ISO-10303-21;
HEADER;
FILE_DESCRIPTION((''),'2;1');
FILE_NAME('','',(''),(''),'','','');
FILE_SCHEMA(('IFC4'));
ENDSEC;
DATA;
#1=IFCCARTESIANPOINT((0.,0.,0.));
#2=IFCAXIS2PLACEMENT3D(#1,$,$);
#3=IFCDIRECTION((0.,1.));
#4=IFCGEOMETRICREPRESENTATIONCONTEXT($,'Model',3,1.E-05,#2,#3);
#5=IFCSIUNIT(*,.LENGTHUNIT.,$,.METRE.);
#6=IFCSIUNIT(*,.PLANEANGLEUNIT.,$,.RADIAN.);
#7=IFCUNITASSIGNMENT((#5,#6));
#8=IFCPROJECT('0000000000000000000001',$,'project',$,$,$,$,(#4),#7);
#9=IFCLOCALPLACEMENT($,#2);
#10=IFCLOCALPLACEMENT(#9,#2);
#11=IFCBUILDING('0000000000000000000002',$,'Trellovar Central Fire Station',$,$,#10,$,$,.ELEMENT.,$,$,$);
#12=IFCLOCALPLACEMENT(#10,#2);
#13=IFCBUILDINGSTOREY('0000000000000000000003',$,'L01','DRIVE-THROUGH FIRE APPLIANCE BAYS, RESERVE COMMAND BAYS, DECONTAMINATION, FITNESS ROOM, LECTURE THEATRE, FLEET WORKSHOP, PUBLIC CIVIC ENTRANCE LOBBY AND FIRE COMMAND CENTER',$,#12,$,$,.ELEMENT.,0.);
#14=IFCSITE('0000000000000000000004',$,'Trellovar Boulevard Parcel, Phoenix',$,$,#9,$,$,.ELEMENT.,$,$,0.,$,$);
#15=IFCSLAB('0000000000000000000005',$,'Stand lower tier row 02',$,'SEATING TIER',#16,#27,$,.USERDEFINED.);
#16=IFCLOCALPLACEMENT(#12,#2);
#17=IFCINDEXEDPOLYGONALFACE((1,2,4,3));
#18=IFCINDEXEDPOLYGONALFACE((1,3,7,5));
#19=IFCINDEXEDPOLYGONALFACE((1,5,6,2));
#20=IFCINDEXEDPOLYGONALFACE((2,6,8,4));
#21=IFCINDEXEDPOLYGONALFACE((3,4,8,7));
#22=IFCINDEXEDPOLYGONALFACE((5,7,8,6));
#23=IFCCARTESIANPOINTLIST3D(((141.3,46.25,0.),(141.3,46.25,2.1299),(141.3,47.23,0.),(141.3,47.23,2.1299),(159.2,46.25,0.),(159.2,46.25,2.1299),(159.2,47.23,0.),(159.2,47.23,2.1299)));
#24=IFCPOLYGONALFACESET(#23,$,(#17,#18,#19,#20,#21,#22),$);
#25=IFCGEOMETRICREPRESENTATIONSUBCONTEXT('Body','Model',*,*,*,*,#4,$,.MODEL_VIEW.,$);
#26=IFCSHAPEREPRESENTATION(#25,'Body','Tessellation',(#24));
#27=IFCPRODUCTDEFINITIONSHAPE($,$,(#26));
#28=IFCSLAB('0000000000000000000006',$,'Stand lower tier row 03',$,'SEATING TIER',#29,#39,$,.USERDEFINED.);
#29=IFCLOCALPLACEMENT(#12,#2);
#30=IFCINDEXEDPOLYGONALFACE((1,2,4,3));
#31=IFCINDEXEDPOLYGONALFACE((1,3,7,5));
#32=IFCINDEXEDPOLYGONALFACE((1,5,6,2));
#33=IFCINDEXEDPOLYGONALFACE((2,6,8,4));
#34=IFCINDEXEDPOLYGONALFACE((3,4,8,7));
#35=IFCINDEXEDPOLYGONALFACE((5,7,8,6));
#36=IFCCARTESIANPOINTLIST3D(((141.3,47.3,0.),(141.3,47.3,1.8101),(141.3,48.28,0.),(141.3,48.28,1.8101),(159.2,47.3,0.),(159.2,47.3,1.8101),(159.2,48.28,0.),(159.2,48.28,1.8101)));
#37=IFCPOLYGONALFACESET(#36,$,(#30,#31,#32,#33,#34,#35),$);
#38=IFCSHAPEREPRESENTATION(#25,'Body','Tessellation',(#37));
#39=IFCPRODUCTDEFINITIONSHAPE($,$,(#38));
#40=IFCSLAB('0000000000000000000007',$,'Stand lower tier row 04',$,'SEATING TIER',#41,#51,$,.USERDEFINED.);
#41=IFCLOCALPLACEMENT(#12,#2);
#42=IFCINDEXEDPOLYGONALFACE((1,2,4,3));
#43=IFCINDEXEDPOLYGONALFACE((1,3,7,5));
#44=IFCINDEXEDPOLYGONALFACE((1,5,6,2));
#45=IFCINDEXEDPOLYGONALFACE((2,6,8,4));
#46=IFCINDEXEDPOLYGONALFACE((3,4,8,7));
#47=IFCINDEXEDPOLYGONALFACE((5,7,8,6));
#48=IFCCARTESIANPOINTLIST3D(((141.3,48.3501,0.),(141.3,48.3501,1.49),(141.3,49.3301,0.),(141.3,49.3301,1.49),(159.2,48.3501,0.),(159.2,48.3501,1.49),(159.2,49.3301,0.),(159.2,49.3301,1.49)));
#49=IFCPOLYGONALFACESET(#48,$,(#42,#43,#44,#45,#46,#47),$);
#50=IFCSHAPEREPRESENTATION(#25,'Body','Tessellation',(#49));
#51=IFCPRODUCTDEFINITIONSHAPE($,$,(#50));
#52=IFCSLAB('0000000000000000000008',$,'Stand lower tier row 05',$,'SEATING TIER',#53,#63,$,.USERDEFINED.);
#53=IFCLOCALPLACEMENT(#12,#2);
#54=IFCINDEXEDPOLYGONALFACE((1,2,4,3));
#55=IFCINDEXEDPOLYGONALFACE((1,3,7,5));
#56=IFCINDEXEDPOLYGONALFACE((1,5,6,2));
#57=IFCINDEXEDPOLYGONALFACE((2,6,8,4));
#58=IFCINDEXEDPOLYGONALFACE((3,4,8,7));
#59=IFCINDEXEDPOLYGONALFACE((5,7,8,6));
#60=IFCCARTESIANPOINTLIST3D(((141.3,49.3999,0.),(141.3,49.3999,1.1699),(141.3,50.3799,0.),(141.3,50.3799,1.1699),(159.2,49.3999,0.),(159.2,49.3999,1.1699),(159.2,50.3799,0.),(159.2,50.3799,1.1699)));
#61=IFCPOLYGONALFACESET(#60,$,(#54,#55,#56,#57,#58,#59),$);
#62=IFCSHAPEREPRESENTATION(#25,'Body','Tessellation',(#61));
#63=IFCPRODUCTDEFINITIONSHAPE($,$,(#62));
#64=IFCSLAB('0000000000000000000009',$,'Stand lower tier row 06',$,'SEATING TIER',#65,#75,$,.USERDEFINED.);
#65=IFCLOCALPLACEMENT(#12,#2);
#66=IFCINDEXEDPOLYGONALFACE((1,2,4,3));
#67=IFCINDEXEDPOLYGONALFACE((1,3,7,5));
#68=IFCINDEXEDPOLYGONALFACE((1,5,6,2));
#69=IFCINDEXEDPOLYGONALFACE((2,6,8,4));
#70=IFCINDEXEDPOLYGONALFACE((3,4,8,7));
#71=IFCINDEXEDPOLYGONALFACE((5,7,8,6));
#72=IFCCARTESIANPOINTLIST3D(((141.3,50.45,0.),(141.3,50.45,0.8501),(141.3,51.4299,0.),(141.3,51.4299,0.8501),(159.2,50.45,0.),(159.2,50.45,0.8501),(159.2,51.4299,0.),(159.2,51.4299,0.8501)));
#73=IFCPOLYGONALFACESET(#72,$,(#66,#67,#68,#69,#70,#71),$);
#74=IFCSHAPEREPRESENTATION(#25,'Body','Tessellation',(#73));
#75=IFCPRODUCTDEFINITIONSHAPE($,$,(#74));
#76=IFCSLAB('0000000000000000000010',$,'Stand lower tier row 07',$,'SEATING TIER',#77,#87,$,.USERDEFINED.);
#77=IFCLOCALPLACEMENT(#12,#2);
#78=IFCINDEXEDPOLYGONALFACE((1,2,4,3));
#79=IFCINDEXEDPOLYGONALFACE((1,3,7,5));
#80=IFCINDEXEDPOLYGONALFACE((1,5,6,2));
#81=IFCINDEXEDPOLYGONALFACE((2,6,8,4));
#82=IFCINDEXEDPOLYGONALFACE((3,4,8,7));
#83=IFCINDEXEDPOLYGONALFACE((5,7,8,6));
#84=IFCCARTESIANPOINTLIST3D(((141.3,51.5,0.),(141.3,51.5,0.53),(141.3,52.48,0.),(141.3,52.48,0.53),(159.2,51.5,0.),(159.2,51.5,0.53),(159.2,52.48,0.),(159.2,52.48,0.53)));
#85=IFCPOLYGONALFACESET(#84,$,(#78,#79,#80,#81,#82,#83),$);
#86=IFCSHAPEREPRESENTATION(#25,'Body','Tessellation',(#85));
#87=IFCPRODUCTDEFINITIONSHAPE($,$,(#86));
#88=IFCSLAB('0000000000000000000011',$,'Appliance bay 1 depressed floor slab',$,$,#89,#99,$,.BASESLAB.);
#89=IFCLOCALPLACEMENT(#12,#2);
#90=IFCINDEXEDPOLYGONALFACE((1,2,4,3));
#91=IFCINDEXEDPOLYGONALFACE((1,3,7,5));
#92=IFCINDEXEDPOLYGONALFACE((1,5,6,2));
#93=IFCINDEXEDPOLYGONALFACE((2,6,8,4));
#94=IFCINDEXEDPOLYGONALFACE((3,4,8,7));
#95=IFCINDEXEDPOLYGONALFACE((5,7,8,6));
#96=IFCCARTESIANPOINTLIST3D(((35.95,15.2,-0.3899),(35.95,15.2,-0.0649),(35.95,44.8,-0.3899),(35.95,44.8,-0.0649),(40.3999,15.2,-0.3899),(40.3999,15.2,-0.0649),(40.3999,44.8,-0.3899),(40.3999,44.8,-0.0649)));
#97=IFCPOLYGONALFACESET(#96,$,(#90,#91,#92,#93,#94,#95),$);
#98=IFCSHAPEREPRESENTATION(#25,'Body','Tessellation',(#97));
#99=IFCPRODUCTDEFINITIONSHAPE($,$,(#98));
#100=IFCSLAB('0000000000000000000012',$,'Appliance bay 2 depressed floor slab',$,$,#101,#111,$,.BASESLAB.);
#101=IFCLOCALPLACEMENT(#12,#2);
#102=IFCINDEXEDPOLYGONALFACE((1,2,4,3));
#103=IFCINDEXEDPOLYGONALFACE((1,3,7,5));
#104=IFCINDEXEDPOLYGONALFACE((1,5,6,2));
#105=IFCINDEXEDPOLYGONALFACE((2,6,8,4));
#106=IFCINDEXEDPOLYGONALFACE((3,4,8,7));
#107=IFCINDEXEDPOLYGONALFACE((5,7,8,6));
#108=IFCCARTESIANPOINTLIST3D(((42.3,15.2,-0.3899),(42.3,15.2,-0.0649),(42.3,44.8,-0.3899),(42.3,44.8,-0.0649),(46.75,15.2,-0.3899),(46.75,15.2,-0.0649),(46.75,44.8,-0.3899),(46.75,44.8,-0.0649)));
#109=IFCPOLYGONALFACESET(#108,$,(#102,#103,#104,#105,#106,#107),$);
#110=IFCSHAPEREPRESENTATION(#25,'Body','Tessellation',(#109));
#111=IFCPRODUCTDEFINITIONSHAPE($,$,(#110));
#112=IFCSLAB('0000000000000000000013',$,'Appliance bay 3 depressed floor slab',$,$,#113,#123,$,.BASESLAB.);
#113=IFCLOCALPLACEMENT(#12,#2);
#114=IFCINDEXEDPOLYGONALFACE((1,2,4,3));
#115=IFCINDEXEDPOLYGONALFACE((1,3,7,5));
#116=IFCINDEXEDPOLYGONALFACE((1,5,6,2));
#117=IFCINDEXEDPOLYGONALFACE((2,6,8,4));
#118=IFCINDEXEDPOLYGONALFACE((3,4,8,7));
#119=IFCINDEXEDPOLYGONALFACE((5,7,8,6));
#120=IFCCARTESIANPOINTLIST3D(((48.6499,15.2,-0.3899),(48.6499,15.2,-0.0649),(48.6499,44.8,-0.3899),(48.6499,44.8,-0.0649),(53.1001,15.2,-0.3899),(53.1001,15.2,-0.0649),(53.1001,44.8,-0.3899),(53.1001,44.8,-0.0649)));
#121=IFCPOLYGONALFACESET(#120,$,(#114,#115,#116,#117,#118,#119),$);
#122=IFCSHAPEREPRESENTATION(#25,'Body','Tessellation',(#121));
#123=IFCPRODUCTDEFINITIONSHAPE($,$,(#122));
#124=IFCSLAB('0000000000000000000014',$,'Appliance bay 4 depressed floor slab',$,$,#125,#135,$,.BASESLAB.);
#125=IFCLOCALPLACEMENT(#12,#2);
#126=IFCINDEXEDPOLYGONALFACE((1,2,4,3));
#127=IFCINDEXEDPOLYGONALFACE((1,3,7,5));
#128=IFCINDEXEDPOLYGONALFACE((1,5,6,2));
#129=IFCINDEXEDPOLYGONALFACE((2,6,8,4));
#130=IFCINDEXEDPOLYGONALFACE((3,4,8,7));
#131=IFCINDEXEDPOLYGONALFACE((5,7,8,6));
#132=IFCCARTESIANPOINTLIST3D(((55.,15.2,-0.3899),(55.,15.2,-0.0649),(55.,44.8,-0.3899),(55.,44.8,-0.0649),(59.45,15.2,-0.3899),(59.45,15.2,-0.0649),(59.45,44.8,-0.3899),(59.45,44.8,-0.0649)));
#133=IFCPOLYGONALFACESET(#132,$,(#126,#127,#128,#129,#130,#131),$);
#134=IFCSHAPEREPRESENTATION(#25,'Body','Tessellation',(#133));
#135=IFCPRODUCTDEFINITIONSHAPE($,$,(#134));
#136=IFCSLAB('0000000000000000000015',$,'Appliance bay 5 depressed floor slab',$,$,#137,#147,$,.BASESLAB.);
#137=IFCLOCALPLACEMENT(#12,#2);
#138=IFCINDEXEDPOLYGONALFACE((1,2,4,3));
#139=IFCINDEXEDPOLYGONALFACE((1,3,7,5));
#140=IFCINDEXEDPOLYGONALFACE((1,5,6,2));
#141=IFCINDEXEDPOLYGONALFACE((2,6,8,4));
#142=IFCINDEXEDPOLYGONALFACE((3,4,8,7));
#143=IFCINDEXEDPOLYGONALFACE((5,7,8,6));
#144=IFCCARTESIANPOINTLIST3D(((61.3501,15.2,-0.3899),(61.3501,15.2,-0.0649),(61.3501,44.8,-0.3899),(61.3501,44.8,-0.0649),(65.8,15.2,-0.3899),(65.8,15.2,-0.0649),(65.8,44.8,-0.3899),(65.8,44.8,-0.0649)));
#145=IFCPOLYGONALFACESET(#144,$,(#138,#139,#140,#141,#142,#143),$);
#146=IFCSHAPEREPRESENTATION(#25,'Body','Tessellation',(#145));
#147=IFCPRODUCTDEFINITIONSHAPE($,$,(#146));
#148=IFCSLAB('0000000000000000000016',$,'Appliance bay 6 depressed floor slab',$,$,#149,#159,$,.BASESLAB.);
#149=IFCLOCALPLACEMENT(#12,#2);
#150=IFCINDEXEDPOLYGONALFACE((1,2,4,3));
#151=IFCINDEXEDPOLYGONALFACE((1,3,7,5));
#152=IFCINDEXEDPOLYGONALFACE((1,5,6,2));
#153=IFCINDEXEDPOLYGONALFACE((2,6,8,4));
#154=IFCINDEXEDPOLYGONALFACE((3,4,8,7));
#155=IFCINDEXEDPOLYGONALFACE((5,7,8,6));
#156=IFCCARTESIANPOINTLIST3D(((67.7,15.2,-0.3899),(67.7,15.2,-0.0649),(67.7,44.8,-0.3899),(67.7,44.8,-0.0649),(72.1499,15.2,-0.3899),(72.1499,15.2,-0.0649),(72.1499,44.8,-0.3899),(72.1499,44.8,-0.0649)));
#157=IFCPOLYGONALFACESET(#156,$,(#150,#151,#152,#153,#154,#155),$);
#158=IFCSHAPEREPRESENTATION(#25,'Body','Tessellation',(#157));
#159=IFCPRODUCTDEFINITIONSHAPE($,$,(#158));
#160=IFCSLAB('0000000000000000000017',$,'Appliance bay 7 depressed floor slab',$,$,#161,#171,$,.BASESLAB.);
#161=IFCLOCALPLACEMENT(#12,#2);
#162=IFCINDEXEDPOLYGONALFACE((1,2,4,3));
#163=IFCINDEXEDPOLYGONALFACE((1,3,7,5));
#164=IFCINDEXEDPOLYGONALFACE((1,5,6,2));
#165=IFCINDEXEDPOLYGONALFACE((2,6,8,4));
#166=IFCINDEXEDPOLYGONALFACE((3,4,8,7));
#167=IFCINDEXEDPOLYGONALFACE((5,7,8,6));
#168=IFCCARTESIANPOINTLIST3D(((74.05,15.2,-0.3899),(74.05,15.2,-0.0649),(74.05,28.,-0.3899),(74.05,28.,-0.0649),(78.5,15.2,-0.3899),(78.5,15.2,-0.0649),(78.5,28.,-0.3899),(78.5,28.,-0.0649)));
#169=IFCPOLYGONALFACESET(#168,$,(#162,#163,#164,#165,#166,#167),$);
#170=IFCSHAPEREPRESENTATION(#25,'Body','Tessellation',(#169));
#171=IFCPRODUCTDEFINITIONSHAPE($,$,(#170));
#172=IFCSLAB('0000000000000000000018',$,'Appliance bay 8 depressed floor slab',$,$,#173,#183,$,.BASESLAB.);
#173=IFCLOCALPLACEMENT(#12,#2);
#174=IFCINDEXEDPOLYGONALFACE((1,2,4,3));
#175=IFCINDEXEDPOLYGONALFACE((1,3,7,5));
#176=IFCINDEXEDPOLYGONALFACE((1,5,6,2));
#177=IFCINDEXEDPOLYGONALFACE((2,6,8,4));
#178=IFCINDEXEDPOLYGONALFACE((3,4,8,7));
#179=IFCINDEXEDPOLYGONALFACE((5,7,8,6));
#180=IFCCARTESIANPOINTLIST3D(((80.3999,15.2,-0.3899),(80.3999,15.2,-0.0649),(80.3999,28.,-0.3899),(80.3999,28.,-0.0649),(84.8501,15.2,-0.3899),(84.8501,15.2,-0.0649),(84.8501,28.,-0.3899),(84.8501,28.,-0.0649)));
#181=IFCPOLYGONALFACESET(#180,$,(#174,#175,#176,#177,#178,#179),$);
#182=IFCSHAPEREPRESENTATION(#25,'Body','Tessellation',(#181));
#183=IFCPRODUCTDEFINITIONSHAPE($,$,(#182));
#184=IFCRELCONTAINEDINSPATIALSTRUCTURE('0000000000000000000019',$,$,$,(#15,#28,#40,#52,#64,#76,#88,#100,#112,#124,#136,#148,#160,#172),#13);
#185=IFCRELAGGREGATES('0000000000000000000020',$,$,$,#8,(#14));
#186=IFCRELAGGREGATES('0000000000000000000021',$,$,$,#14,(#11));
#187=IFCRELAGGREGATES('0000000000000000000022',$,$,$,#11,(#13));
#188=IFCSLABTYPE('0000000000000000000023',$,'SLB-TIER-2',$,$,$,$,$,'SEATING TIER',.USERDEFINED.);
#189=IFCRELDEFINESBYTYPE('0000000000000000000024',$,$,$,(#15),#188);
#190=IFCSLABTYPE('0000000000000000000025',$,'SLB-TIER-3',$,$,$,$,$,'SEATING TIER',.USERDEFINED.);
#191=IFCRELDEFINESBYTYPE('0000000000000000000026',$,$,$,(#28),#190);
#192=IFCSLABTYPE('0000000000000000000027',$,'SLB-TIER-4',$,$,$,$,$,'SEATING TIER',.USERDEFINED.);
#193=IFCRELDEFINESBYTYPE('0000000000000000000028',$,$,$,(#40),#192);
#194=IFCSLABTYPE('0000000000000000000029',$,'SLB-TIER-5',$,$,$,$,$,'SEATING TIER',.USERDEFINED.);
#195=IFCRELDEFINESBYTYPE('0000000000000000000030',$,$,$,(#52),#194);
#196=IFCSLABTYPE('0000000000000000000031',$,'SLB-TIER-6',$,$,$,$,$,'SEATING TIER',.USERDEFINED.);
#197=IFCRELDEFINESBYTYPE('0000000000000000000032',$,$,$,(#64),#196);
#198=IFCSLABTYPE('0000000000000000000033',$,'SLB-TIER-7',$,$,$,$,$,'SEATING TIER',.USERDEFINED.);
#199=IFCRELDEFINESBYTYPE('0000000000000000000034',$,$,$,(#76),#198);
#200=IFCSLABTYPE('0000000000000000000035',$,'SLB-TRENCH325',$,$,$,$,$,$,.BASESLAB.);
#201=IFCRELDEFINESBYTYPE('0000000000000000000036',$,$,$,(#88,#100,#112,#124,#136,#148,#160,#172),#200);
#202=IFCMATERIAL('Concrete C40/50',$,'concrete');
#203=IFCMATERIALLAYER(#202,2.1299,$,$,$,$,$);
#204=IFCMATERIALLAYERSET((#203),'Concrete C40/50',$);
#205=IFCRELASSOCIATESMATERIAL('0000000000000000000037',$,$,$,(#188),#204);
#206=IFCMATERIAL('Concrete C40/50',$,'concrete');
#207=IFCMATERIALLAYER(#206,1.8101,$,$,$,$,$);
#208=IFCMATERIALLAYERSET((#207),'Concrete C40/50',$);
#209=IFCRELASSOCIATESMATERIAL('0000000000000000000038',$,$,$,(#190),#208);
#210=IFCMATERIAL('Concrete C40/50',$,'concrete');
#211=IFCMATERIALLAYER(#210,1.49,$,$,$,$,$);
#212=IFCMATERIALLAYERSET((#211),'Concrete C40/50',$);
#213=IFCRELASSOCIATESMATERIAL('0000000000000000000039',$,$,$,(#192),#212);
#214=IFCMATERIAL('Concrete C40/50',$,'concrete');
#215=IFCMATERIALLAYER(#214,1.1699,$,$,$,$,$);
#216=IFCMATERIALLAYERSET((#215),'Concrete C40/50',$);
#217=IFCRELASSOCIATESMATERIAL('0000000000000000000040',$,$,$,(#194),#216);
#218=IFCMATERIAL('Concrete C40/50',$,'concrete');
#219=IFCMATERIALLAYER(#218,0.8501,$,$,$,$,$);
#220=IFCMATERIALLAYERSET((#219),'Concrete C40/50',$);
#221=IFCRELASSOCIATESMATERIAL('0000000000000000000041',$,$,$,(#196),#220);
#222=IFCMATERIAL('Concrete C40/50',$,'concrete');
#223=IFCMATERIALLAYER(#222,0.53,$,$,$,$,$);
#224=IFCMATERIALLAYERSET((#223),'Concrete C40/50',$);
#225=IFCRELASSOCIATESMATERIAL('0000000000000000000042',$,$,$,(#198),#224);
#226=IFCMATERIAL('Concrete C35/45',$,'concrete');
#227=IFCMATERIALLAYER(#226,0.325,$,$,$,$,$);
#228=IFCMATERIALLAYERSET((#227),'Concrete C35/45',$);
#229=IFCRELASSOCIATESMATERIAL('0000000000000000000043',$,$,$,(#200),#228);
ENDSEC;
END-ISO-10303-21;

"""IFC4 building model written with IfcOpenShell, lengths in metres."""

from ifc_helpers import new_model, si_unit, direction, frame, origin, place, context, subcontext, project, spatial, polyline, outline, extrude, material, layer, layer_set, type_object, element, save


model = new_model("IFC4")

# Units and contexts
model_context = context("Model", 3, precision=1e-05, world=origin(), true_north=direction((0.0, 1.0)))
body_context = subcontext(model_context, "Body", "Model", "MODEL_VIEW")
ifc_project = project(units=[si_unit("LENGTHUNIT", "METRE"), si_unit("PLANEANGLEUNIT", "RADIAN")], contexts=[model_context])

# Site, building, storey
site_placement = place(None, origin())
site = spatial("IfcSite", under=ifc_project, at=site_placement, Name="Trellovar Boulevard Parcel, Phoenix", CompositionType="ELEMENT", RefElevation=0.0)
building_placement = place(site_placement, origin())
building = spatial("IfcBuilding", under=site, at=building_placement, Name="Trellovar Central Fire Station", CompositionType="ELEMENT")
storey_placement = place(building_placement, origin())
storey = spatial("IfcBuildingStorey", under=building, at=storey_placement, Name="L01", Description="DRIVE-THROUGH FIRE APPLIANCE BAYS, RESERVE COMMAND BAYS, DECONTAMINATION, FITNESS ROOM, LECTURE THEATRE, FLEET WORKSHOP, PUBLIC CIVIC ENTRANCE LOBBY AND FIRE COMMAND CENTER", CompositionType="ELEMENT", Elevation=0.0)

# Slabs
ifc_material_1 = material(Name="Concrete C40/50", Category="concrete")
ifc_layer_1 = layer(ifc_material_1, 2.1299)
ifc_layer_set_1 = layer_set([ifc_layer_1], Name="Concrete C40/50")
slab_type_1 = type_object("IfcSlabType", Name="SLB-TIER-2", ElementType="SEATING TIER", PredefinedType="USERDEFINED", material=ifc_layer_set_1)
slab_1_placement = place(storey_placement, origin())
element("IfcSlab", 1, at=slab_1_placement, inside=storey, type_object=slab_type_1, Name="Stand lower tier row 02", ObjectType="SEATING TIER", PredefinedType="USERDEFINED", context=body_context, shape_type="SweptSolid", body=[
    extrude(outline(polyline([(141.3, 46.25), (159.2, 46.25), (159.2, 47.23), (141.3, 47.23), (141.3, 46.25)])), origin(), (0.0, 0.0, 1.0), 2.1299),
])
ifc_material_2 = material(Name="Concrete C40/50", Category="concrete")
ifc_layer_2 = layer(ifc_material_2, 1.8101)
ifc_layer_set_2 = layer_set([ifc_layer_2], Name="Concrete C40/50")
slab_type_2 = type_object("IfcSlabType", Name="SLB-TIER-3", ElementType="SEATING TIER", PredefinedType="USERDEFINED", material=ifc_layer_set_2)
slab_2_placement = place(storey_placement, origin())
element("IfcSlab", 2, at=slab_2_placement, inside=storey, type_object=slab_type_2, Name="Stand lower tier row 03", ObjectType="SEATING TIER", PredefinedType="USERDEFINED", context=body_context, shape_type="SweptSolid", body=[
    extrude(outline(polyline([(141.3, 47.3), (159.2, 47.3), (159.2, 48.28), (141.3, 48.28), (141.3, 47.3)])), origin(), (0.0, 0.0, 1.0), 1.8101),
])
ifc_material_3 = material(Name="Concrete C40/50", Category="concrete")
ifc_layer_3 = layer(ifc_material_3, 1.49)
ifc_layer_set_3 = layer_set([ifc_layer_3], Name="Concrete C40/50")
slab_type_3 = type_object("IfcSlabType", Name="SLB-TIER-4", ElementType="SEATING TIER", PredefinedType="USERDEFINED", material=ifc_layer_set_3)
slab_3_placement = place(storey_placement, origin())
element("IfcSlab", 3, at=slab_3_placement, inside=storey, type_object=slab_type_3, Name="Stand lower tier row 04", ObjectType="SEATING TIER", PredefinedType="USERDEFINED", context=body_context, shape_type="SweptSolid", body=[
    extrude(outline(polyline([(141.3, 48.3501), (159.2, 48.3501), (159.2, 49.3301), (141.3, 49.3301), (141.3, 48.3501)])), origin(), (0.0, 0.0, 1.0), 1.49),
])
ifc_material_4 = material(Name="Concrete C40/50", Category="concrete")
ifc_layer_4 = layer(ifc_material_4, 1.1699)
ifc_layer_set_4 = layer_set([ifc_layer_4], Name="Concrete C40/50")
slab_type_4 = type_object("IfcSlabType", Name="SLB-TIER-5", ElementType="SEATING TIER", PredefinedType="USERDEFINED", material=ifc_layer_set_4)
slab_4_placement = place(storey_placement, origin())
element("IfcSlab", 4, at=slab_4_placement, inside=storey, type_object=slab_type_4, Name="Stand lower tier row 05", ObjectType="SEATING TIER", PredefinedType="USERDEFINED", context=body_context, shape_type="SweptSolid", body=[
    extrude(outline(polyline([(141.3, 49.3999), (159.2, 49.3999), (159.2, 50.3799), (141.3, 50.3799), (141.3, 49.3999)])), origin(), (0.0, 0.0, 1.0), 1.1699),
])
ifc_material_5 = material(Name="Concrete C40/50", Category="concrete")
ifc_layer_5 = layer(ifc_material_5, 0.8501)
ifc_layer_set_5 = layer_set([ifc_layer_5], Name="Concrete C40/50")
slab_type_5 = type_object("IfcSlabType", Name="SLB-TIER-6", ElementType="SEATING TIER", PredefinedType="USERDEFINED", material=ifc_layer_set_5)
slab_5_placement = place(storey_placement, origin())
element("IfcSlab", 5, at=slab_5_placement, inside=storey, type_object=slab_type_5, Name="Stand lower tier row 06", ObjectType="SEATING TIER", PredefinedType="USERDEFINED", context=body_context, shape_type="SweptSolid", body=[
    extrude(outline(polyline([(141.3, 50.45), (159.2, 50.45), (159.2, 51.4299), (141.3, 51.4299), (141.3, 50.45)])), origin(), (0.0, 0.0, 1.0), 0.8501),
])
ifc_material_6 = material(Name="Concrete C40/50", Category="concrete")
ifc_layer_6 = layer(ifc_material_6, 0.53)
ifc_layer_set_6 = layer_set([ifc_layer_6], Name="Concrete C40/50")
slab_type_6 = type_object("IfcSlabType", Name="SLB-TIER-7", ElementType="SEATING TIER", PredefinedType="USERDEFINED", material=ifc_layer_set_6)
slab_6_placement = place(storey_placement, origin())
element("IfcSlab", 6, at=slab_6_placement, inside=storey, type_object=slab_type_6, Name="Stand lower tier row 07", ObjectType="SEATING TIER", PredefinedType="USERDEFINED", context=body_context, shape_type="SweptSolid", body=[
    extrude(outline(polyline([(141.3, 51.5), (159.2, 51.5), (159.2, 52.48), (141.3, 52.48), (141.3, 51.5)])), origin(), (0.0, 0.0, 1.0), 0.53),
])
ifc_material_7 = material(Name="Concrete C35/45", Category="concrete")
ifc_layer_7 = layer(ifc_material_7, 0.325)
ifc_layer_set_7 = layer_set([ifc_layer_7], Name="Concrete C35/45")
slab_type_7 = type_object("IfcSlabType", Name="SLB-TRENCH325", PredefinedType="BASESLAB", material=ifc_layer_set_7)
slab_7_placement = place(storey_placement, frame((0.0, 0.0, -0.3899)))
element("IfcSlab", 7, at=slab_7_placement, inside=storey, type_object=slab_type_7, Name="Appliance bay 1 depressed floor slab", PredefinedType="BASESLAB", context=body_context, shape_type="SweptSolid", body=[
    extrude(outline(polyline([(35.95, 15.2), (40.3999, 15.2), (40.3999, 44.8), (35.95, 44.8), (35.95, 15.2)])), origin(), (0.0, 0.0, 1.0), 0.325),
])
slab_8_placement = place(storey_placement, frame((0.0, 0.0, -0.3899)))
element("IfcSlab", 8, at=slab_8_placement, inside=storey, type_object=slab_type_7, Name="Appliance bay 2 depressed floor slab", PredefinedType="BASESLAB", context=body_context, shape_type="SweptSolid", body=[
    extrude(outline(polyline([(42.3, 15.2), (46.75, 15.2), (46.75, 44.8), (42.3, 44.8), (42.3, 15.2)])), origin(), (0.0, 0.0, 1.0), 0.325),
])
slab_9_placement = place(storey_placement, frame((0.0, 0.0, -0.3899)))
element("IfcSlab", 9, at=slab_9_placement, inside=storey, type_object=slab_type_7, Name="Appliance bay 3 depressed floor slab", PredefinedType="BASESLAB", context=body_context, shape_type="SweptSolid", body=[
    extrude(outline(polyline([(48.6499, 15.2), (53.1001, 15.2), (53.1001, 44.8), (48.6499, 44.8), (48.6499, 15.2)])), origin(), (0.0, 0.0, 1.0), 0.325),
])
slab_10_placement = place(storey_placement, frame((0.0, 0.0, -0.3899)))
element("IfcSlab", 10, at=slab_10_placement, inside=storey, type_object=slab_type_7, Name="Appliance bay 4 depressed floor slab", PredefinedType="BASESLAB", context=body_context, shape_type="SweptSolid", body=[
    extrude(outline(polyline([(55.0, 15.2), (59.45, 15.2), (59.45, 44.8), (55.0, 44.8), (55.0, 15.2)])), origin(), (0.0, 0.0, 1.0), 0.325),
])
slab_11_placement = place(storey_placement, frame((0.0, 0.0, -0.3899)))
element("IfcSlab", 11, at=slab_11_placement, inside=storey, type_object=slab_type_7, Name="Appliance bay 5 depressed floor slab", PredefinedType="BASESLAB", context=body_context, shape_type="SweptSolid", body=[
    extrude(outline(polyline([(61.3501, 15.2), (65.8, 15.2), (65.8, 44.8), (61.3501, 44.8), (61.3501, 15.2)])), origin(), (0.0, 0.0, 1.0), 0.325),
])
slab_12_placement = place(storey_placement, frame((0.0, 0.0, -0.3899)))
element("IfcSlab", 12, at=slab_12_placement, inside=storey, type_object=slab_type_7, Name="Appliance bay 6 depressed floor slab", PredefinedType="BASESLAB", context=body_context, shape_type="SweptSolid", body=[
    extrude(outline(polyline([(67.7, 15.2), (72.1499, 15.2), (72.1499, 44.8), (67.7, 44.8), (67.7, 15.2)])), origin(), (0.0, 0.0, 1.0), 0.325),
])
slab_13_placement = place(storey_placement, frame((0.0, 0.0, -0.3899)))
element("IfcSlab", 13, at=slab_13_placement, inside=storey, type_object=slab_type_7, Name="Appliance bay 7 depressed floor slab", PredefinedType="BASESLAB", context=body_context, shape_type="SweptSolid", body=[
    extrude(outline(polyline([(74.05, 15.2), (78.5, 15.2), (78.5, 28.0), (74.05, 28.0), (74.05, 15.2)])), origin(), (0.0, 0.0, 1.0), 0.325),
])
slab_14_placement = place(storey_placement, frame((0.0, 0.0, -0.3899)))
element("IfcSlab", 14, at=slab_14_placement, inside=storey, type_object=slab_type_7, Name="Appliance bay 8 depressed floor slab", PredefinedType="BASESLAB", context=body_context, shape_type="SweptSolid", body=[
    extrude(outline(polyline([(80.3999, 15.2), (84.8501, 15.2), (84.8501, 28.0), (80.3999, 28.0), (80.3999, 15.2)])), origin(), (0.0, 0.0, 1.0), 0.325),
])

save(model, "model.ifc")
